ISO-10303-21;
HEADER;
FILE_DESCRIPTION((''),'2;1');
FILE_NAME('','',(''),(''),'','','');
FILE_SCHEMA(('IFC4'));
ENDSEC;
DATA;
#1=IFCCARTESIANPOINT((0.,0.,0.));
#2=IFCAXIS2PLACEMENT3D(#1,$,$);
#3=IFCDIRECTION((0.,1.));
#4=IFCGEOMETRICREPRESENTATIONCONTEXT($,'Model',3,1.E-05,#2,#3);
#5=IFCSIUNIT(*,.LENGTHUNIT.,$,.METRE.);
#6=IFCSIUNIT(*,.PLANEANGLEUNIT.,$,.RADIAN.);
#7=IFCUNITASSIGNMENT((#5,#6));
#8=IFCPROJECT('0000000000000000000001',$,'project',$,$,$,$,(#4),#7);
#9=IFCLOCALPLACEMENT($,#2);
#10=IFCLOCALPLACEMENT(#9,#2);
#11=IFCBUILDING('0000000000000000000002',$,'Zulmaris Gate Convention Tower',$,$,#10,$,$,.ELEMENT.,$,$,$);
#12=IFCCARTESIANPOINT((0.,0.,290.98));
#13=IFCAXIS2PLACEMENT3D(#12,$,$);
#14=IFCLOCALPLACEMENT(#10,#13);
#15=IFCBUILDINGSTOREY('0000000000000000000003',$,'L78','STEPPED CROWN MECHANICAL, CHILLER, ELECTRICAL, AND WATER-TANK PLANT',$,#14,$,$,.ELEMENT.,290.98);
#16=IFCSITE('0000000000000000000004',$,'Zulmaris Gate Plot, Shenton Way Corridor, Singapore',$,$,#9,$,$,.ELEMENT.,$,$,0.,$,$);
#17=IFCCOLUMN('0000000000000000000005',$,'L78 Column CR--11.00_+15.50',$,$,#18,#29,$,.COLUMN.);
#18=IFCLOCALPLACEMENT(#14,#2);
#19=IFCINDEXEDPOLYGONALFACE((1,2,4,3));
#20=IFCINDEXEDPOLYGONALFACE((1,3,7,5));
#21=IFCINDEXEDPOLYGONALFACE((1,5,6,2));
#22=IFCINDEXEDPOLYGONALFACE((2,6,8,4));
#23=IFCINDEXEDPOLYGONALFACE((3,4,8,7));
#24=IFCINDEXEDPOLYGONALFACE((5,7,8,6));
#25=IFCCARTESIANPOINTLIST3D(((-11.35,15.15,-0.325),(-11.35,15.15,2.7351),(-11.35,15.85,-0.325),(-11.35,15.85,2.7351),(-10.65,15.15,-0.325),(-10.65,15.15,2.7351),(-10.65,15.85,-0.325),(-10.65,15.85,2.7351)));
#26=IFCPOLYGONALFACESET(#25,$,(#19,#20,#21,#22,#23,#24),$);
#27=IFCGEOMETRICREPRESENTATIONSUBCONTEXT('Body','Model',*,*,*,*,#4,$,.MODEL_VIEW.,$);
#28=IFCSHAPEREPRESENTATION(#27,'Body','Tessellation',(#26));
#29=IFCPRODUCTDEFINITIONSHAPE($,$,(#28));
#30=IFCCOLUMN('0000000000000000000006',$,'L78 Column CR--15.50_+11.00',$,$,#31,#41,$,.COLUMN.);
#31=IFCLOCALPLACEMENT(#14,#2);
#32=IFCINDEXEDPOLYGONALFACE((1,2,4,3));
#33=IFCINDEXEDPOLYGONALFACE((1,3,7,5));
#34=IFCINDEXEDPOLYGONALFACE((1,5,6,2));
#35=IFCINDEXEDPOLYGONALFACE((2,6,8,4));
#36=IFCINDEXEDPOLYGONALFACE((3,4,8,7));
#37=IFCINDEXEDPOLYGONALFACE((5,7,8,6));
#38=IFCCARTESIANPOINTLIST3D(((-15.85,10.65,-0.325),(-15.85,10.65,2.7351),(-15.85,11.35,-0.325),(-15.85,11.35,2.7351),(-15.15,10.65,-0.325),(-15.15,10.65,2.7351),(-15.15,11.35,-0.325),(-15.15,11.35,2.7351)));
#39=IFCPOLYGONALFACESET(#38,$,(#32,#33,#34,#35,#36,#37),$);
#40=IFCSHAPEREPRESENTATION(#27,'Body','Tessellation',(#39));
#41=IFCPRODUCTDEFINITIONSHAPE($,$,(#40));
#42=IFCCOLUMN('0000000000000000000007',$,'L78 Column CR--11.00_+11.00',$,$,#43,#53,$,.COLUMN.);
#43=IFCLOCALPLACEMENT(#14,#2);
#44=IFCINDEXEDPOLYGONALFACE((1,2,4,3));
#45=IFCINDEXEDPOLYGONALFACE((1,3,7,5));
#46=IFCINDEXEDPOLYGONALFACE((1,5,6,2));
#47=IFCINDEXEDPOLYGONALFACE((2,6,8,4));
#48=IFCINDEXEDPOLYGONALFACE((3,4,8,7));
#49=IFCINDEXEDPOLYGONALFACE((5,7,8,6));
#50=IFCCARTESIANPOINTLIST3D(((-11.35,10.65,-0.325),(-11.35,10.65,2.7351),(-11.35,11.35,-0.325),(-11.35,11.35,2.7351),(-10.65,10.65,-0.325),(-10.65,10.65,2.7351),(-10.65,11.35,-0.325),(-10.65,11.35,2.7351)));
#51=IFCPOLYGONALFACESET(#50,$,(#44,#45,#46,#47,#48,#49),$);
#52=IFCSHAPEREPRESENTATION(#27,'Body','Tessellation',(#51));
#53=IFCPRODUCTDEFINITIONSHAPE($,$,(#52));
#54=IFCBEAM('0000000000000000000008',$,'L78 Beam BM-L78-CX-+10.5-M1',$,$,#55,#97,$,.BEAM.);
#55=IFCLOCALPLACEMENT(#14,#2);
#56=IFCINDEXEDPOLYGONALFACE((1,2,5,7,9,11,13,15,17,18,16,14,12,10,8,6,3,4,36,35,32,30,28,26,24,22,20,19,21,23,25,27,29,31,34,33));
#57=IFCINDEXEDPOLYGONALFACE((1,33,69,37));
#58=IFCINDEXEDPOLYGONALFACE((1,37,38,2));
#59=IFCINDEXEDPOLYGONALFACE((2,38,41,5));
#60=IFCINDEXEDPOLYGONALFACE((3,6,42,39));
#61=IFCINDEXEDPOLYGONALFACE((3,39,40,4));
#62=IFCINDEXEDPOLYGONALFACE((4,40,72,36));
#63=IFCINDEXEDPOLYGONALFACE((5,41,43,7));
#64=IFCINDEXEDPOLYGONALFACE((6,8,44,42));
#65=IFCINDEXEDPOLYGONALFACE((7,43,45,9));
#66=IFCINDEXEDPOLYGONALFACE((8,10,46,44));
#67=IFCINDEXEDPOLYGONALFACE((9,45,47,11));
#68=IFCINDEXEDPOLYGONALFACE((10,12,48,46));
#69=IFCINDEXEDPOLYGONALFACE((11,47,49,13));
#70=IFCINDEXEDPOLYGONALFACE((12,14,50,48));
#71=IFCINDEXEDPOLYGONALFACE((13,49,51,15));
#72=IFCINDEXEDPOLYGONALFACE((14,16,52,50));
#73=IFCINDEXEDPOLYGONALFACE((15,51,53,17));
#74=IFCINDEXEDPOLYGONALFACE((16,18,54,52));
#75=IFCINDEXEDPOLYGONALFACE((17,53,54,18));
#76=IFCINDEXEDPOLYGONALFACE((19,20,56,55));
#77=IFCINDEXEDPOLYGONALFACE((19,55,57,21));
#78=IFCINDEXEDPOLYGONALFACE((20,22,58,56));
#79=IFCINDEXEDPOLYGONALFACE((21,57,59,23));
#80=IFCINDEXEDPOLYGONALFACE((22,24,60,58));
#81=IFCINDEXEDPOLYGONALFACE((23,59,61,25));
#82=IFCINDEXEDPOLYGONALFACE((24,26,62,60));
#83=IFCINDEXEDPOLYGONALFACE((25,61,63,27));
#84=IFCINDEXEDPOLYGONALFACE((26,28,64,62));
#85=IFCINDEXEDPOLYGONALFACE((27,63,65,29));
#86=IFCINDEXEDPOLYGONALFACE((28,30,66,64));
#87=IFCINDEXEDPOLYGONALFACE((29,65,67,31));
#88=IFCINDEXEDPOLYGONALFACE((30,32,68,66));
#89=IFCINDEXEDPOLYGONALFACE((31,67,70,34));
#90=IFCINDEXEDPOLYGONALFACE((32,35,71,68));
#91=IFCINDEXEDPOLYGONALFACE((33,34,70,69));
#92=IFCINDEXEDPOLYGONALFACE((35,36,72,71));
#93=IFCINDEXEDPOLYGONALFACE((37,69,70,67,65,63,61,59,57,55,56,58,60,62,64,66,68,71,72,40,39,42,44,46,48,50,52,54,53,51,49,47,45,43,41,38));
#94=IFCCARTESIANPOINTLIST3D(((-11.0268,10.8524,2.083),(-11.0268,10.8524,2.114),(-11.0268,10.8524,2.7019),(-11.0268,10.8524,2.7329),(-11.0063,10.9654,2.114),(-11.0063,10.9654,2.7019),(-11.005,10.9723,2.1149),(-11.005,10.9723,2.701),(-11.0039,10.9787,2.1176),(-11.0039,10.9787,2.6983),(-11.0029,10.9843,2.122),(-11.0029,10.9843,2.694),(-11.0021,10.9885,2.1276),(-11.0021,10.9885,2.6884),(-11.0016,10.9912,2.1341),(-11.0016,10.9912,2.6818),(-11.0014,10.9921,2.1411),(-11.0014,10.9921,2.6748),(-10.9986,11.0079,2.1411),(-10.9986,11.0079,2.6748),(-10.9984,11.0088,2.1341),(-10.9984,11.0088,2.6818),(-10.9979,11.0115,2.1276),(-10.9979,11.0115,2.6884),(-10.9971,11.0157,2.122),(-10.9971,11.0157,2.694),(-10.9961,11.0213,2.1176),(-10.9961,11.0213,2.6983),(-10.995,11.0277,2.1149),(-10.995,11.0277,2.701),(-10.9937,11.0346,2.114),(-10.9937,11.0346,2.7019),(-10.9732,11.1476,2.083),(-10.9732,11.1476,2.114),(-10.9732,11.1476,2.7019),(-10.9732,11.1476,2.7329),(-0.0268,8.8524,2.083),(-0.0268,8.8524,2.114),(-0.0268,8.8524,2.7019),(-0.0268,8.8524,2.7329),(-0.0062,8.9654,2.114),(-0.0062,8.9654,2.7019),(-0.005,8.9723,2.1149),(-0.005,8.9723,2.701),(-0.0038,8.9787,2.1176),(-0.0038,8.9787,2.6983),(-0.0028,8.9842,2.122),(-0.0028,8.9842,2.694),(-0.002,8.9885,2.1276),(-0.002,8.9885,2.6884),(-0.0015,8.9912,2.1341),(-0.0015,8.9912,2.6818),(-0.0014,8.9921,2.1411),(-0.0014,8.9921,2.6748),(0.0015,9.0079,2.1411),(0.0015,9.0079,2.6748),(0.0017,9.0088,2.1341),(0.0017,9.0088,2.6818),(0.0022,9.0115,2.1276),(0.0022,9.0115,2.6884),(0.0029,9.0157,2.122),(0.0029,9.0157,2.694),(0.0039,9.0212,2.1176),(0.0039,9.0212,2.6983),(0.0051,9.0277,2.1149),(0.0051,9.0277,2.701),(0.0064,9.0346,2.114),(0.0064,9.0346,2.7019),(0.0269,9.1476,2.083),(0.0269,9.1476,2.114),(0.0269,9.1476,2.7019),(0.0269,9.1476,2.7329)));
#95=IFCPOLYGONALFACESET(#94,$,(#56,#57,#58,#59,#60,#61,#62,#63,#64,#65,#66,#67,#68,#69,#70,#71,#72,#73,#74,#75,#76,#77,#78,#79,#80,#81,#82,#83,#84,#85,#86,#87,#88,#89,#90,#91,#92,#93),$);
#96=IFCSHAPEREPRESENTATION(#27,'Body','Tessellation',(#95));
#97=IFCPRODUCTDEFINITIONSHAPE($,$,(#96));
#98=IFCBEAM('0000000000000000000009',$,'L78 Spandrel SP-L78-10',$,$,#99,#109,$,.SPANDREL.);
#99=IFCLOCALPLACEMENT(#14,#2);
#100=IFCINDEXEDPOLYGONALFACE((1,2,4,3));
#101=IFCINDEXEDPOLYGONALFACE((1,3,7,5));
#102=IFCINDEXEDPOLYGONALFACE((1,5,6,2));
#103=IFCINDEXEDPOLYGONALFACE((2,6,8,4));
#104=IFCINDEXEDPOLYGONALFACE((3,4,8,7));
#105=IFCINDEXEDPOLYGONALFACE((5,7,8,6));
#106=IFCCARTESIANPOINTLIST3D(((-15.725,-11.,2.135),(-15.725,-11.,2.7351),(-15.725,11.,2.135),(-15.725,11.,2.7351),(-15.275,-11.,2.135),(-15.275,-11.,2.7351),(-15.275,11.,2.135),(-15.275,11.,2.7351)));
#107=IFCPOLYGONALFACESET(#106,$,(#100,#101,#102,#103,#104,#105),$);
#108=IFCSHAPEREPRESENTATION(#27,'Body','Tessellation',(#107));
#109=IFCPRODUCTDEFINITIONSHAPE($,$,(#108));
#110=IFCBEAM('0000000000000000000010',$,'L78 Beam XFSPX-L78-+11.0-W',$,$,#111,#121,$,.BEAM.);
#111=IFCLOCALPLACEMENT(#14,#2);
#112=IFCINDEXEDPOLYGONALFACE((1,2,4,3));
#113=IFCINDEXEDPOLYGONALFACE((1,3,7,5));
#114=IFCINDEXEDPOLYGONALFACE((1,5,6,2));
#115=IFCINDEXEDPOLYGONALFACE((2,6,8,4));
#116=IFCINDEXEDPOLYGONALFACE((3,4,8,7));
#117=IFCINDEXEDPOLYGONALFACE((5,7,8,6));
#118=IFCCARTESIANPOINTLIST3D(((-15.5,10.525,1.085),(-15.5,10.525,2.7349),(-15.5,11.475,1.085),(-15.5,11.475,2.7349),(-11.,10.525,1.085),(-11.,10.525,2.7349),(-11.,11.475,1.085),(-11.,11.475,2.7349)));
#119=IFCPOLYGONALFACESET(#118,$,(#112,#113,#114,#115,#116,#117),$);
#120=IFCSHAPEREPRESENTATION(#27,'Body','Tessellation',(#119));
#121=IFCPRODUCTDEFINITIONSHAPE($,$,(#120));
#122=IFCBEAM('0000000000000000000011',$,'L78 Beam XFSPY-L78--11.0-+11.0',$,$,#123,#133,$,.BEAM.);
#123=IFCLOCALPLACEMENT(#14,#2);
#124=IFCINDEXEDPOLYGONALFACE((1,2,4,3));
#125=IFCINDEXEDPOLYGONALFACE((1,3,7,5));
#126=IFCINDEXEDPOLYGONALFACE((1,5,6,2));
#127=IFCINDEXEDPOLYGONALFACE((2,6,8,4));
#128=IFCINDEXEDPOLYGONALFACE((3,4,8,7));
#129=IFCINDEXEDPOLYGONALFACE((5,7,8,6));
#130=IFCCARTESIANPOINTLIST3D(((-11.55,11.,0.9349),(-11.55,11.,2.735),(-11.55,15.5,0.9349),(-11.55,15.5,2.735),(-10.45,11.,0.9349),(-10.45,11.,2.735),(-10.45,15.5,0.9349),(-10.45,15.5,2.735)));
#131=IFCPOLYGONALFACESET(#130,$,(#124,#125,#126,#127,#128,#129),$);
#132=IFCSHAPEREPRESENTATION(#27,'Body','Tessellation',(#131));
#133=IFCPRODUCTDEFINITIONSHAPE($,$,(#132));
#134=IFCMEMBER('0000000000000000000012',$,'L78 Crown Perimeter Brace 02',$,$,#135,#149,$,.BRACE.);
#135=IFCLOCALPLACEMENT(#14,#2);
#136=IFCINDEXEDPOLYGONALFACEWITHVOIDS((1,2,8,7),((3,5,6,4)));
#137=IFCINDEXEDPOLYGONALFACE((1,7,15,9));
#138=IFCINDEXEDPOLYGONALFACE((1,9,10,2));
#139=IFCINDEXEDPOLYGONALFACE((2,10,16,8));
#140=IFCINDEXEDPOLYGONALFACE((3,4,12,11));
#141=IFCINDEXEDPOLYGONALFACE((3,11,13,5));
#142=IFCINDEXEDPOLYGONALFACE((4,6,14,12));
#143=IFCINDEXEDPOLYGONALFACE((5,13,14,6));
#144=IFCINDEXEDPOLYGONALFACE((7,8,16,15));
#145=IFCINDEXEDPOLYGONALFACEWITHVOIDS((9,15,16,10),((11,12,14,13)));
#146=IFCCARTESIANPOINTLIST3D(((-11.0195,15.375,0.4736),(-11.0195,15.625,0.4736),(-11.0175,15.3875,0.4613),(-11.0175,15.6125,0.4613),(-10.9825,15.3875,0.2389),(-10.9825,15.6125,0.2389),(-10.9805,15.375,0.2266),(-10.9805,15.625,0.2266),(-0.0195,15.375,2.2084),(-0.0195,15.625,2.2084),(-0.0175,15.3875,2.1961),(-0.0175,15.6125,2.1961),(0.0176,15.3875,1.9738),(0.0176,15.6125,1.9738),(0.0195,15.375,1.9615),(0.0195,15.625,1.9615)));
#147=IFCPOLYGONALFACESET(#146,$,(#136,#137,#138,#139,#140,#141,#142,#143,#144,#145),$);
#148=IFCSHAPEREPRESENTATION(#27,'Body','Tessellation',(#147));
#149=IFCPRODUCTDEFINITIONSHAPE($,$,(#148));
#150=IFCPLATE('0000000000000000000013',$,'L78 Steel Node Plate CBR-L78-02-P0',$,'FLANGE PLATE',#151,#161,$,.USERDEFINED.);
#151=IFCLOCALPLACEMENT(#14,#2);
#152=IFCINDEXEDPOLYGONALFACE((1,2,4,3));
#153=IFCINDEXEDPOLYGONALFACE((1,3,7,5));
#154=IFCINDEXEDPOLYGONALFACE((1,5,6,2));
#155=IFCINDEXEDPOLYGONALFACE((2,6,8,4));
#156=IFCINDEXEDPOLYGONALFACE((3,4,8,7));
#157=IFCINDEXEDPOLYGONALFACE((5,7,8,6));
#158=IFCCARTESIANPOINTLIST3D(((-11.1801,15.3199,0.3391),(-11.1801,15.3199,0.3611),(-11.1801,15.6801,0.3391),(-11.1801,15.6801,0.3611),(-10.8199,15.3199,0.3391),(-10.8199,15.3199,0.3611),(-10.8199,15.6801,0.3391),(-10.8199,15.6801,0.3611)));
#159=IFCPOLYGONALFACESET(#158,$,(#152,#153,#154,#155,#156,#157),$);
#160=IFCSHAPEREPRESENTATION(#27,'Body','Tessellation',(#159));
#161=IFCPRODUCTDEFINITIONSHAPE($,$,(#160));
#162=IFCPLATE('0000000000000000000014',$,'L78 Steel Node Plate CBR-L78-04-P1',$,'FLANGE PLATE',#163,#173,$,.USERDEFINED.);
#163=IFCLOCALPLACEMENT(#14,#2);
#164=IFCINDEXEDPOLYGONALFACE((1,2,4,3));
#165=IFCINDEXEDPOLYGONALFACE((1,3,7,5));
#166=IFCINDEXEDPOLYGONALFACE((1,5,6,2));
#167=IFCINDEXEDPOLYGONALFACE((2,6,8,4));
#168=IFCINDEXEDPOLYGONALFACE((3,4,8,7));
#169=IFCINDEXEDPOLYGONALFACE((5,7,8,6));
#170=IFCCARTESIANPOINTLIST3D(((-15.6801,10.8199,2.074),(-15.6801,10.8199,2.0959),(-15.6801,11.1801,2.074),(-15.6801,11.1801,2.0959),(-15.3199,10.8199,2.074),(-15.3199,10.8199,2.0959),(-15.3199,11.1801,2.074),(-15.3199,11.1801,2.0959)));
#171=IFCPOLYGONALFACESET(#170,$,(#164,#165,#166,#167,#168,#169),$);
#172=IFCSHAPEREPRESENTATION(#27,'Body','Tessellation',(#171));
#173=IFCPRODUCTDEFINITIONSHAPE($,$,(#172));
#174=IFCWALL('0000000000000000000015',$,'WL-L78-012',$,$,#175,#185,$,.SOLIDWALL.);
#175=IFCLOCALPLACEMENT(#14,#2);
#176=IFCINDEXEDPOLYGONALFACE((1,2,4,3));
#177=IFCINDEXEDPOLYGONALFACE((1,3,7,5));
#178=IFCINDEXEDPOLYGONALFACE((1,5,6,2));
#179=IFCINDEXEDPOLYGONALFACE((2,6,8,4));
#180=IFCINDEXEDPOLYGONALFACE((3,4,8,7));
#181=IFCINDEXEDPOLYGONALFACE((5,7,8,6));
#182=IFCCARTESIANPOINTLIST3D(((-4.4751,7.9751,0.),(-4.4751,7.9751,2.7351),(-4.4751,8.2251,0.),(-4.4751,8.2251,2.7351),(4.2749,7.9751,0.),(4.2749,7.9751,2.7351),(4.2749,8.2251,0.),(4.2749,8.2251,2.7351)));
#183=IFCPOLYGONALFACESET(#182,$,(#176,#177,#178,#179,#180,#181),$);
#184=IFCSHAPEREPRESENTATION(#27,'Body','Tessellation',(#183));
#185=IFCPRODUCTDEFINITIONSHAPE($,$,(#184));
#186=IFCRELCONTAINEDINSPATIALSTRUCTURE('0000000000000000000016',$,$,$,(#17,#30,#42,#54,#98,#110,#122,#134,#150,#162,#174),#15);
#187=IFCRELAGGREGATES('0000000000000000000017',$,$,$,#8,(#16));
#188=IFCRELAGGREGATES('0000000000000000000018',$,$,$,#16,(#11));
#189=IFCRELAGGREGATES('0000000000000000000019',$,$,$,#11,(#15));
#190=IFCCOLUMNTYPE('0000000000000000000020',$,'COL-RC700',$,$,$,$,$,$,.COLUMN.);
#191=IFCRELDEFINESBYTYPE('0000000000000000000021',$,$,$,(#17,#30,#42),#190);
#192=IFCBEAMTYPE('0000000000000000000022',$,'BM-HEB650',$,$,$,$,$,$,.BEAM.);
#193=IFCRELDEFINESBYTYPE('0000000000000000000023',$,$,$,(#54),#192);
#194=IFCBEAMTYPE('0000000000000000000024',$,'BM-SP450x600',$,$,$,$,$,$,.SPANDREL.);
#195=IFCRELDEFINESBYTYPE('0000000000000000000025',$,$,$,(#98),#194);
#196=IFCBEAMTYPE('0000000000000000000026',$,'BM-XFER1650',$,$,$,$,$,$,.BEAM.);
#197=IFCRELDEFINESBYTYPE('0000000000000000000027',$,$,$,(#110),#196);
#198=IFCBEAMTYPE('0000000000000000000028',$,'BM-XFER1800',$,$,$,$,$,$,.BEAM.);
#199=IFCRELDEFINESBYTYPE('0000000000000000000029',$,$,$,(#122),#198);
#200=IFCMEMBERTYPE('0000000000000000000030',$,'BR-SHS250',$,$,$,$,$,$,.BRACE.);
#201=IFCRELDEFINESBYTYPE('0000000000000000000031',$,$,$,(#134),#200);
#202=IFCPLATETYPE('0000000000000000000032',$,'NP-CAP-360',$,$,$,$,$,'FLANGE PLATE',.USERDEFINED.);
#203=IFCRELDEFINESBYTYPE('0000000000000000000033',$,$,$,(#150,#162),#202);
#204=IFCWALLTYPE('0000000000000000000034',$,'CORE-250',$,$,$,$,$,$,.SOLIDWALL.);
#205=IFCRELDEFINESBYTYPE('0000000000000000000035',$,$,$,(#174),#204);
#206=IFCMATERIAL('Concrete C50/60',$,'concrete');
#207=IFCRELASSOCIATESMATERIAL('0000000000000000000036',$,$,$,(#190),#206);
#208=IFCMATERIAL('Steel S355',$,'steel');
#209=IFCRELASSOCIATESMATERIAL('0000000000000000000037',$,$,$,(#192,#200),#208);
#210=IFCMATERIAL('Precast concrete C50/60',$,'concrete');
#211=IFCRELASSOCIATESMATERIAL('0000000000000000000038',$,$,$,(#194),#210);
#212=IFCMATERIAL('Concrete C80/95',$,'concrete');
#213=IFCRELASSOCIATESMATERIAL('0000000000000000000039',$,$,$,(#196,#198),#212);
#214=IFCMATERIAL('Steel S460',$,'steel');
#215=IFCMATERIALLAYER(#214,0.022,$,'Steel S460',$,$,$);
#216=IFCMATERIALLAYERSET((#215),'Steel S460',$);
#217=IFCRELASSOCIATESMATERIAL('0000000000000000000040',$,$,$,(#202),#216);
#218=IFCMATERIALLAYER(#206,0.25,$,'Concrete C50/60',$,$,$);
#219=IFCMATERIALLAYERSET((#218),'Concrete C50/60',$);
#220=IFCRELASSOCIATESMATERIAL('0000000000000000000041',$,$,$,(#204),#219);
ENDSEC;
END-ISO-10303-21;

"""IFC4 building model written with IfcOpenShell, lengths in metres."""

from ifc_helpers import new_model, si_unit, direction, frame, frame_2d, origin, origin_2d, place, context, subcontext, project, spatial, rectangle, hollow_rectangle, i_section, extrude, material, layer, layer_set, material_profile, profile_set, type_object, element, save


model = new_model("IFC4")

# Units and contexts
model_context = context("Model", 3, precision=1e-05, world=origin(), true_north=direction((0.0, 1.0)))
body_context = subcontext(model_context, "Body", "Model", "MODEL_VIEW")
ifc_project = project(units=[si_unit("LENGTHUNIT", "METRE"), si_unit("PLANEANGLEUNIT", "RADIAN")], contexts=[model_context])

# Site, building, storey
site_placement = place(None, origin())
site = spatial("IfcSite", under=ifc_project, at=site_placement, Name="Zulmaris Gate Plot, Shenton Way Corridor, Singapore", CompositionType="ELEMENT", RefElevation=0.0)
building_placement = place(site_placement, origin())
building = spatial("IfcBuilding", under=site, at=building_placement, Name="Zulmaris Gate Convention Tower", CompositionType="ELEMENT")
storey_placement = place(building_placement, frame((0.0, 0.0, 290.98)))
storey = spatial("IfcBuildingStorey", under=building, at=storey_placement, Name="L78", Description="STEPPED CROWN MECHANICAL, CHILLER, ELECTRICAL, AND WATER-TANK PLANT", CompositionType="ELEMENT", Elevation=290.98)

# Columns
ifc_material_1 = material(Name="Concrete C50/60", Category="concrete")
ifc_material_profile_1 = material_profile(ifc_material_1, rectangle(XDim=0.7, YDim=0.7, at=origin_2d()), Name="RC COL 700x700")
ifc_profile_set_1 = profile_set([ifc_material_profile_1], Name="Concrete C50/60")
column_type = type_object("IfcColumnType", Name="COL-RC700", PredefinedType="COLUMN", material=ifc_profile_set_1)
for number, where, z_axis, x_axis, name in (
    (1, (-11.0, 15.5, -0.325), (0.0, 0.0, 1.0), (1.0, 0.0, 0.0), "L78 Column CR--11.00_+15.50"),
    (2, (-15.5, 11.0, -0.325), (0.0, 0.0, 1.0), (1.0, 0.0, 0.0), "L78 Column CR--15.50_+11.00"),
    (3, (-11.0, 11.0, -0.325), (0.0, 0.0, 1.0), (1.0, 0.0, 0.0), "L78 Column CR--11.00_+11.00"),
):
    element("IfcColumn", number, at=place(storey_placement, frame(where, z_axis=z_axis, x_axis=x_axis)), inside=storey, type_object=column_type, Name=name, PredefinedType="COLUMN", context=body_context, shape_type="SweptSolid", body=[
        extrude(rectangle(XDim=0.7, YDim=0.7, at=origin_2d()), origin(), (0.0, 0.0, 1.0), 3.0601),
    ])

# Beams
ifc_material_2 = material(Name="Steel S355", Category="steel")
ifc_material_profile_2 = material_profile(ifc_material_2, i_section(OverallWidth=0.3, OverallDepth=0.6499, WebThickness=0.0161, FlangeThickness=0.031, FilletRadius=0.0271, at=origin_2d()), Name="HEB 650")
ifc_profile_set_2 = profile_set([ifc_material_profile_2], Name="Steel S355")
beam_type_1 = type_object("IfcBeamType", Name="BM-HEB650", PredefinedType="BEAM", material=ifc_profile_set_2)
beam_1_placement = place(storey_placement, frame((-11.0, 11.0, 2.408), z_axis=(0.98387, -0.178885, 0.0), x_axis=(0.178885, 0.98387, 0.0)))
element("IfcBeam", 4, at=beam_1_placement, inside=storey, type_object=beam_type_1, Name="L78 Beam BM-L78-CX-+10.5-M1", PredefinedType="BEAM", context=body_context, shape_type="SweptSolid", body=[
    extrude(i_section(OverallWidth=0.3, OverallDepth=0.6499, WebThickness=0.0161, FlangeThickness=0.031, FilletRadius=0.0271, at=origin_2d()), origin(), (0.0, 0.0, 1.0), 11.1804),
])
ifc_material_3 = material(Name="Precast concrete C50/60", Category="concrete")
ifc_material_profile_3 = material_profile(ifc_material_3, rectangle(XDim=0.45, YDim=0.6001, at=origin_2d()), Name="RC SPANDREL 450x600")
ifc_profile_set_3 = profile_set([ifc_material_profile_3], Name="Precast concrete C50/60")
beam_type_2 = type_object("IfcBeamType", Name="BM-SP450x600", PredefinedType="SPANDREL", material=ifc_profile_set_3)
beam_2_placement = place(storey_placement, frame((-15.5, 11.0, 2.4351), z_axis=(0.0, -1.0, 0.0), x_axis=(1.0, 0.0, 0.0)))
element("IfcBeam", 5, at=beam_2_placement, inside=storey, type_object=beam_type_2, Name="L78 Spandrel SP-L78-10", PredefinedType="SPANDREL", context=body_context, shape_type="SweptSolid", body=[
    extrude(rectangle(XDim=0.45, YDim=0.6001, at=origin_2d()), origin(), (0.0, 0.0, 1.0), 22.0),
])
ifc_material_4 = material(Name="Concrete C80/95", Category="concrete")
ifc_material_profile_4 = material_profile(ifc_material_4, rectangle(XDim=0.95, YDim=1.6499, at=origin_2d()), Name="RC TRANSFER 950x1650")
ifc_profile_set_4 = profile_set([ifc_material_profile_4], Name="Concrete C80/95")
beam_type_3 = type_object("IfcBeamType", Name="BM-XFER1650", PredefinedType="BEAM", material=ifc_profile_set_4)
beam_3_placement = place(storey_placement, frame((-15.5, 11.0, 1.9099), z_axis=(1.0, 0.0, 0.0), x_axis=(0.0, 1.0, 0.0)))
element("IfcBeam", 6, at=beam_3_placement, inside=storey, type_object=beam_type_3, Name="L78 Beam XFSPX-L78-+11.0-W", PredefinedType="BEAM", context=body_context, shape_type="SweptSolid", body=[
    extrude(rectangle(XDim=0.95, YDim=1.6499, at=origin_2d()), origin(), (0.0, 0.0, 1.0), 4.5),
])
ifc_material_profile_5 = material_profile(ifc_material_4, rectangle(XDim=1.1001, YDim=1.8, at=origin_2d()), Name="RC TRANSFER 1100x1800")
ifc_profile_set_5 = profile_set([ifc_material_profile_5], Name="Concrete C80/95")
beam_type_4 = type_object("IfcBeamType", Name="BM-XFER1800", PredefinedType="BEAM", material=ifc_profile_set_5)
beam_4_placement = place(storey_placement, frame((-11.0, 11.0, 1.835), z_axis=(0.0, 1.0, 0.0), x_axis=(-1.0, 0.0, 0.0)))
element("IfcBeam", 7, at=beam_4_placement, inside=storey, type_object=beam_type_4, Name="L78 Beam XFSPY-L78--11.0-+11.0", PredefinedType="BEAM", context=body_context, shape_type="SweptSolid", body=[
    extrude(rectangle(XDim=1.1001, YDim=1.8, at=origin_2d()), origin(), (0.0, 0.0, 1.0), 4.5),
])

# Member
ifc_material_profile_6 = material_profile(ifc_material_2, hollow_rectangle(XDim=0.25, YDim=0.25, WallThickness=0.0125, at=origin_2d()), Name="SHS 250x250x12.5")
ifc_profile_set_6 = profile_set([ifc_material_profile_6], Name="Steel S355")
member_type = type_object("IfcMemberType", Name="BR-SHS250", PredefinedType="BRACE", material=ifc_profile_set_6)
member_placement = place(storey_placement, frame((-11.0, 15.5, 0.3501), z_axis=(0.98779, 0.0, 0.155789), x_axis=(0.0, 1.0, 0.0)))
element("IfcMember", 8, at=member_placement, inside=storey, type_object=member_type, Name="L78 Crown Perimeter Brace 02", PredefinedType="BRACE", context=body_context, shape_type="SweptSolid", body=[
    extrude(hollow_rectangle(XDim=0.25, YDim=0.25, WallThickness=0.0125, at=origin_2d()), origin(), (0.0, 0.0, 1.0), 11.136),
])

# Plates
ifc_material_5 = material(Name="Steel S460", Category="steel")
ifc_layer_1 = layer(ifc_material_5, 0.022, Name="Steel S460")
ifc_layer_set_1 = layer_set([ifc_layer_1], Name="Steel S460")
plate_type = type_object("IfcPlateType", Name="NP-CAP-360", ElementType="FLANGE PLATE", PredefinedType="USERDEFINED", material=ifc_layer_set_1)
for number, where, z_axis, x_axis, name in (
    (9, (-11.0, 15.5, 0.3391), (0.0, 0.0, 1.0), (1.0, 0.0, 0.0), "L78 Steel Node Plate CBR-L78-02-P0"),
    (10, (-15.5, 11.0, 2.074), (0.0, 0.0, 1.0), (1.0, 0.0, 0.0), "L78 Steel Node Plate CBR-L78-04-P1"),
):
    element("IfcPlate", number, at=place(storey_placement, frame(where, z_axis=z_axis, x_axis=x_axis)), inside=storey, type_object=plate_type, Name=name, ObjectType="FLANGE PLATE", PredefinedType="USERDEFINED", context=body_context, shape_type="SweptSolid", body=[
        extrude(rectangle(XDim=0.3601, YDim=0.3601, at=origin_2d()), origin(), (0.0, 0.0, 1.0), 0.022),
    ])

# Wall
ifc_layer_2 = layer(ifc_material_1, 0.25, Name="Concrete C50/60")
ifc_layer_set_2 = layer_set([ifc_layer_2], Name="Concrete C50/60")
wall_type_1 = type_object("IfcWallType", Name="CORE-250", PredefinedType="SOLIDWALL", material=ifc_layer_set_2)
wall_1_placement = place(storey_placement, frame((-4.4751, 8.1001, 0.0), z_axis=(0.0, 0.0, 1.0), x_axis=(1.0, 0.0, 0.0)))
element("IfcWall", 11, at=wall_1_placement, inside=storey, type_object=wall_type_1, Name="WL-L78-012", PredefinedType="SOLIDWALL", context=body_context, shape_type="SweptSolid", body=[
    extrude(rectangle(XDim=8.75, YDim=0.25, at=frame_2d((4.375, 0.0))), origin(), (0.0, 0.0, 1.0), 2.7351),
])

save(model, "model.ifc")
